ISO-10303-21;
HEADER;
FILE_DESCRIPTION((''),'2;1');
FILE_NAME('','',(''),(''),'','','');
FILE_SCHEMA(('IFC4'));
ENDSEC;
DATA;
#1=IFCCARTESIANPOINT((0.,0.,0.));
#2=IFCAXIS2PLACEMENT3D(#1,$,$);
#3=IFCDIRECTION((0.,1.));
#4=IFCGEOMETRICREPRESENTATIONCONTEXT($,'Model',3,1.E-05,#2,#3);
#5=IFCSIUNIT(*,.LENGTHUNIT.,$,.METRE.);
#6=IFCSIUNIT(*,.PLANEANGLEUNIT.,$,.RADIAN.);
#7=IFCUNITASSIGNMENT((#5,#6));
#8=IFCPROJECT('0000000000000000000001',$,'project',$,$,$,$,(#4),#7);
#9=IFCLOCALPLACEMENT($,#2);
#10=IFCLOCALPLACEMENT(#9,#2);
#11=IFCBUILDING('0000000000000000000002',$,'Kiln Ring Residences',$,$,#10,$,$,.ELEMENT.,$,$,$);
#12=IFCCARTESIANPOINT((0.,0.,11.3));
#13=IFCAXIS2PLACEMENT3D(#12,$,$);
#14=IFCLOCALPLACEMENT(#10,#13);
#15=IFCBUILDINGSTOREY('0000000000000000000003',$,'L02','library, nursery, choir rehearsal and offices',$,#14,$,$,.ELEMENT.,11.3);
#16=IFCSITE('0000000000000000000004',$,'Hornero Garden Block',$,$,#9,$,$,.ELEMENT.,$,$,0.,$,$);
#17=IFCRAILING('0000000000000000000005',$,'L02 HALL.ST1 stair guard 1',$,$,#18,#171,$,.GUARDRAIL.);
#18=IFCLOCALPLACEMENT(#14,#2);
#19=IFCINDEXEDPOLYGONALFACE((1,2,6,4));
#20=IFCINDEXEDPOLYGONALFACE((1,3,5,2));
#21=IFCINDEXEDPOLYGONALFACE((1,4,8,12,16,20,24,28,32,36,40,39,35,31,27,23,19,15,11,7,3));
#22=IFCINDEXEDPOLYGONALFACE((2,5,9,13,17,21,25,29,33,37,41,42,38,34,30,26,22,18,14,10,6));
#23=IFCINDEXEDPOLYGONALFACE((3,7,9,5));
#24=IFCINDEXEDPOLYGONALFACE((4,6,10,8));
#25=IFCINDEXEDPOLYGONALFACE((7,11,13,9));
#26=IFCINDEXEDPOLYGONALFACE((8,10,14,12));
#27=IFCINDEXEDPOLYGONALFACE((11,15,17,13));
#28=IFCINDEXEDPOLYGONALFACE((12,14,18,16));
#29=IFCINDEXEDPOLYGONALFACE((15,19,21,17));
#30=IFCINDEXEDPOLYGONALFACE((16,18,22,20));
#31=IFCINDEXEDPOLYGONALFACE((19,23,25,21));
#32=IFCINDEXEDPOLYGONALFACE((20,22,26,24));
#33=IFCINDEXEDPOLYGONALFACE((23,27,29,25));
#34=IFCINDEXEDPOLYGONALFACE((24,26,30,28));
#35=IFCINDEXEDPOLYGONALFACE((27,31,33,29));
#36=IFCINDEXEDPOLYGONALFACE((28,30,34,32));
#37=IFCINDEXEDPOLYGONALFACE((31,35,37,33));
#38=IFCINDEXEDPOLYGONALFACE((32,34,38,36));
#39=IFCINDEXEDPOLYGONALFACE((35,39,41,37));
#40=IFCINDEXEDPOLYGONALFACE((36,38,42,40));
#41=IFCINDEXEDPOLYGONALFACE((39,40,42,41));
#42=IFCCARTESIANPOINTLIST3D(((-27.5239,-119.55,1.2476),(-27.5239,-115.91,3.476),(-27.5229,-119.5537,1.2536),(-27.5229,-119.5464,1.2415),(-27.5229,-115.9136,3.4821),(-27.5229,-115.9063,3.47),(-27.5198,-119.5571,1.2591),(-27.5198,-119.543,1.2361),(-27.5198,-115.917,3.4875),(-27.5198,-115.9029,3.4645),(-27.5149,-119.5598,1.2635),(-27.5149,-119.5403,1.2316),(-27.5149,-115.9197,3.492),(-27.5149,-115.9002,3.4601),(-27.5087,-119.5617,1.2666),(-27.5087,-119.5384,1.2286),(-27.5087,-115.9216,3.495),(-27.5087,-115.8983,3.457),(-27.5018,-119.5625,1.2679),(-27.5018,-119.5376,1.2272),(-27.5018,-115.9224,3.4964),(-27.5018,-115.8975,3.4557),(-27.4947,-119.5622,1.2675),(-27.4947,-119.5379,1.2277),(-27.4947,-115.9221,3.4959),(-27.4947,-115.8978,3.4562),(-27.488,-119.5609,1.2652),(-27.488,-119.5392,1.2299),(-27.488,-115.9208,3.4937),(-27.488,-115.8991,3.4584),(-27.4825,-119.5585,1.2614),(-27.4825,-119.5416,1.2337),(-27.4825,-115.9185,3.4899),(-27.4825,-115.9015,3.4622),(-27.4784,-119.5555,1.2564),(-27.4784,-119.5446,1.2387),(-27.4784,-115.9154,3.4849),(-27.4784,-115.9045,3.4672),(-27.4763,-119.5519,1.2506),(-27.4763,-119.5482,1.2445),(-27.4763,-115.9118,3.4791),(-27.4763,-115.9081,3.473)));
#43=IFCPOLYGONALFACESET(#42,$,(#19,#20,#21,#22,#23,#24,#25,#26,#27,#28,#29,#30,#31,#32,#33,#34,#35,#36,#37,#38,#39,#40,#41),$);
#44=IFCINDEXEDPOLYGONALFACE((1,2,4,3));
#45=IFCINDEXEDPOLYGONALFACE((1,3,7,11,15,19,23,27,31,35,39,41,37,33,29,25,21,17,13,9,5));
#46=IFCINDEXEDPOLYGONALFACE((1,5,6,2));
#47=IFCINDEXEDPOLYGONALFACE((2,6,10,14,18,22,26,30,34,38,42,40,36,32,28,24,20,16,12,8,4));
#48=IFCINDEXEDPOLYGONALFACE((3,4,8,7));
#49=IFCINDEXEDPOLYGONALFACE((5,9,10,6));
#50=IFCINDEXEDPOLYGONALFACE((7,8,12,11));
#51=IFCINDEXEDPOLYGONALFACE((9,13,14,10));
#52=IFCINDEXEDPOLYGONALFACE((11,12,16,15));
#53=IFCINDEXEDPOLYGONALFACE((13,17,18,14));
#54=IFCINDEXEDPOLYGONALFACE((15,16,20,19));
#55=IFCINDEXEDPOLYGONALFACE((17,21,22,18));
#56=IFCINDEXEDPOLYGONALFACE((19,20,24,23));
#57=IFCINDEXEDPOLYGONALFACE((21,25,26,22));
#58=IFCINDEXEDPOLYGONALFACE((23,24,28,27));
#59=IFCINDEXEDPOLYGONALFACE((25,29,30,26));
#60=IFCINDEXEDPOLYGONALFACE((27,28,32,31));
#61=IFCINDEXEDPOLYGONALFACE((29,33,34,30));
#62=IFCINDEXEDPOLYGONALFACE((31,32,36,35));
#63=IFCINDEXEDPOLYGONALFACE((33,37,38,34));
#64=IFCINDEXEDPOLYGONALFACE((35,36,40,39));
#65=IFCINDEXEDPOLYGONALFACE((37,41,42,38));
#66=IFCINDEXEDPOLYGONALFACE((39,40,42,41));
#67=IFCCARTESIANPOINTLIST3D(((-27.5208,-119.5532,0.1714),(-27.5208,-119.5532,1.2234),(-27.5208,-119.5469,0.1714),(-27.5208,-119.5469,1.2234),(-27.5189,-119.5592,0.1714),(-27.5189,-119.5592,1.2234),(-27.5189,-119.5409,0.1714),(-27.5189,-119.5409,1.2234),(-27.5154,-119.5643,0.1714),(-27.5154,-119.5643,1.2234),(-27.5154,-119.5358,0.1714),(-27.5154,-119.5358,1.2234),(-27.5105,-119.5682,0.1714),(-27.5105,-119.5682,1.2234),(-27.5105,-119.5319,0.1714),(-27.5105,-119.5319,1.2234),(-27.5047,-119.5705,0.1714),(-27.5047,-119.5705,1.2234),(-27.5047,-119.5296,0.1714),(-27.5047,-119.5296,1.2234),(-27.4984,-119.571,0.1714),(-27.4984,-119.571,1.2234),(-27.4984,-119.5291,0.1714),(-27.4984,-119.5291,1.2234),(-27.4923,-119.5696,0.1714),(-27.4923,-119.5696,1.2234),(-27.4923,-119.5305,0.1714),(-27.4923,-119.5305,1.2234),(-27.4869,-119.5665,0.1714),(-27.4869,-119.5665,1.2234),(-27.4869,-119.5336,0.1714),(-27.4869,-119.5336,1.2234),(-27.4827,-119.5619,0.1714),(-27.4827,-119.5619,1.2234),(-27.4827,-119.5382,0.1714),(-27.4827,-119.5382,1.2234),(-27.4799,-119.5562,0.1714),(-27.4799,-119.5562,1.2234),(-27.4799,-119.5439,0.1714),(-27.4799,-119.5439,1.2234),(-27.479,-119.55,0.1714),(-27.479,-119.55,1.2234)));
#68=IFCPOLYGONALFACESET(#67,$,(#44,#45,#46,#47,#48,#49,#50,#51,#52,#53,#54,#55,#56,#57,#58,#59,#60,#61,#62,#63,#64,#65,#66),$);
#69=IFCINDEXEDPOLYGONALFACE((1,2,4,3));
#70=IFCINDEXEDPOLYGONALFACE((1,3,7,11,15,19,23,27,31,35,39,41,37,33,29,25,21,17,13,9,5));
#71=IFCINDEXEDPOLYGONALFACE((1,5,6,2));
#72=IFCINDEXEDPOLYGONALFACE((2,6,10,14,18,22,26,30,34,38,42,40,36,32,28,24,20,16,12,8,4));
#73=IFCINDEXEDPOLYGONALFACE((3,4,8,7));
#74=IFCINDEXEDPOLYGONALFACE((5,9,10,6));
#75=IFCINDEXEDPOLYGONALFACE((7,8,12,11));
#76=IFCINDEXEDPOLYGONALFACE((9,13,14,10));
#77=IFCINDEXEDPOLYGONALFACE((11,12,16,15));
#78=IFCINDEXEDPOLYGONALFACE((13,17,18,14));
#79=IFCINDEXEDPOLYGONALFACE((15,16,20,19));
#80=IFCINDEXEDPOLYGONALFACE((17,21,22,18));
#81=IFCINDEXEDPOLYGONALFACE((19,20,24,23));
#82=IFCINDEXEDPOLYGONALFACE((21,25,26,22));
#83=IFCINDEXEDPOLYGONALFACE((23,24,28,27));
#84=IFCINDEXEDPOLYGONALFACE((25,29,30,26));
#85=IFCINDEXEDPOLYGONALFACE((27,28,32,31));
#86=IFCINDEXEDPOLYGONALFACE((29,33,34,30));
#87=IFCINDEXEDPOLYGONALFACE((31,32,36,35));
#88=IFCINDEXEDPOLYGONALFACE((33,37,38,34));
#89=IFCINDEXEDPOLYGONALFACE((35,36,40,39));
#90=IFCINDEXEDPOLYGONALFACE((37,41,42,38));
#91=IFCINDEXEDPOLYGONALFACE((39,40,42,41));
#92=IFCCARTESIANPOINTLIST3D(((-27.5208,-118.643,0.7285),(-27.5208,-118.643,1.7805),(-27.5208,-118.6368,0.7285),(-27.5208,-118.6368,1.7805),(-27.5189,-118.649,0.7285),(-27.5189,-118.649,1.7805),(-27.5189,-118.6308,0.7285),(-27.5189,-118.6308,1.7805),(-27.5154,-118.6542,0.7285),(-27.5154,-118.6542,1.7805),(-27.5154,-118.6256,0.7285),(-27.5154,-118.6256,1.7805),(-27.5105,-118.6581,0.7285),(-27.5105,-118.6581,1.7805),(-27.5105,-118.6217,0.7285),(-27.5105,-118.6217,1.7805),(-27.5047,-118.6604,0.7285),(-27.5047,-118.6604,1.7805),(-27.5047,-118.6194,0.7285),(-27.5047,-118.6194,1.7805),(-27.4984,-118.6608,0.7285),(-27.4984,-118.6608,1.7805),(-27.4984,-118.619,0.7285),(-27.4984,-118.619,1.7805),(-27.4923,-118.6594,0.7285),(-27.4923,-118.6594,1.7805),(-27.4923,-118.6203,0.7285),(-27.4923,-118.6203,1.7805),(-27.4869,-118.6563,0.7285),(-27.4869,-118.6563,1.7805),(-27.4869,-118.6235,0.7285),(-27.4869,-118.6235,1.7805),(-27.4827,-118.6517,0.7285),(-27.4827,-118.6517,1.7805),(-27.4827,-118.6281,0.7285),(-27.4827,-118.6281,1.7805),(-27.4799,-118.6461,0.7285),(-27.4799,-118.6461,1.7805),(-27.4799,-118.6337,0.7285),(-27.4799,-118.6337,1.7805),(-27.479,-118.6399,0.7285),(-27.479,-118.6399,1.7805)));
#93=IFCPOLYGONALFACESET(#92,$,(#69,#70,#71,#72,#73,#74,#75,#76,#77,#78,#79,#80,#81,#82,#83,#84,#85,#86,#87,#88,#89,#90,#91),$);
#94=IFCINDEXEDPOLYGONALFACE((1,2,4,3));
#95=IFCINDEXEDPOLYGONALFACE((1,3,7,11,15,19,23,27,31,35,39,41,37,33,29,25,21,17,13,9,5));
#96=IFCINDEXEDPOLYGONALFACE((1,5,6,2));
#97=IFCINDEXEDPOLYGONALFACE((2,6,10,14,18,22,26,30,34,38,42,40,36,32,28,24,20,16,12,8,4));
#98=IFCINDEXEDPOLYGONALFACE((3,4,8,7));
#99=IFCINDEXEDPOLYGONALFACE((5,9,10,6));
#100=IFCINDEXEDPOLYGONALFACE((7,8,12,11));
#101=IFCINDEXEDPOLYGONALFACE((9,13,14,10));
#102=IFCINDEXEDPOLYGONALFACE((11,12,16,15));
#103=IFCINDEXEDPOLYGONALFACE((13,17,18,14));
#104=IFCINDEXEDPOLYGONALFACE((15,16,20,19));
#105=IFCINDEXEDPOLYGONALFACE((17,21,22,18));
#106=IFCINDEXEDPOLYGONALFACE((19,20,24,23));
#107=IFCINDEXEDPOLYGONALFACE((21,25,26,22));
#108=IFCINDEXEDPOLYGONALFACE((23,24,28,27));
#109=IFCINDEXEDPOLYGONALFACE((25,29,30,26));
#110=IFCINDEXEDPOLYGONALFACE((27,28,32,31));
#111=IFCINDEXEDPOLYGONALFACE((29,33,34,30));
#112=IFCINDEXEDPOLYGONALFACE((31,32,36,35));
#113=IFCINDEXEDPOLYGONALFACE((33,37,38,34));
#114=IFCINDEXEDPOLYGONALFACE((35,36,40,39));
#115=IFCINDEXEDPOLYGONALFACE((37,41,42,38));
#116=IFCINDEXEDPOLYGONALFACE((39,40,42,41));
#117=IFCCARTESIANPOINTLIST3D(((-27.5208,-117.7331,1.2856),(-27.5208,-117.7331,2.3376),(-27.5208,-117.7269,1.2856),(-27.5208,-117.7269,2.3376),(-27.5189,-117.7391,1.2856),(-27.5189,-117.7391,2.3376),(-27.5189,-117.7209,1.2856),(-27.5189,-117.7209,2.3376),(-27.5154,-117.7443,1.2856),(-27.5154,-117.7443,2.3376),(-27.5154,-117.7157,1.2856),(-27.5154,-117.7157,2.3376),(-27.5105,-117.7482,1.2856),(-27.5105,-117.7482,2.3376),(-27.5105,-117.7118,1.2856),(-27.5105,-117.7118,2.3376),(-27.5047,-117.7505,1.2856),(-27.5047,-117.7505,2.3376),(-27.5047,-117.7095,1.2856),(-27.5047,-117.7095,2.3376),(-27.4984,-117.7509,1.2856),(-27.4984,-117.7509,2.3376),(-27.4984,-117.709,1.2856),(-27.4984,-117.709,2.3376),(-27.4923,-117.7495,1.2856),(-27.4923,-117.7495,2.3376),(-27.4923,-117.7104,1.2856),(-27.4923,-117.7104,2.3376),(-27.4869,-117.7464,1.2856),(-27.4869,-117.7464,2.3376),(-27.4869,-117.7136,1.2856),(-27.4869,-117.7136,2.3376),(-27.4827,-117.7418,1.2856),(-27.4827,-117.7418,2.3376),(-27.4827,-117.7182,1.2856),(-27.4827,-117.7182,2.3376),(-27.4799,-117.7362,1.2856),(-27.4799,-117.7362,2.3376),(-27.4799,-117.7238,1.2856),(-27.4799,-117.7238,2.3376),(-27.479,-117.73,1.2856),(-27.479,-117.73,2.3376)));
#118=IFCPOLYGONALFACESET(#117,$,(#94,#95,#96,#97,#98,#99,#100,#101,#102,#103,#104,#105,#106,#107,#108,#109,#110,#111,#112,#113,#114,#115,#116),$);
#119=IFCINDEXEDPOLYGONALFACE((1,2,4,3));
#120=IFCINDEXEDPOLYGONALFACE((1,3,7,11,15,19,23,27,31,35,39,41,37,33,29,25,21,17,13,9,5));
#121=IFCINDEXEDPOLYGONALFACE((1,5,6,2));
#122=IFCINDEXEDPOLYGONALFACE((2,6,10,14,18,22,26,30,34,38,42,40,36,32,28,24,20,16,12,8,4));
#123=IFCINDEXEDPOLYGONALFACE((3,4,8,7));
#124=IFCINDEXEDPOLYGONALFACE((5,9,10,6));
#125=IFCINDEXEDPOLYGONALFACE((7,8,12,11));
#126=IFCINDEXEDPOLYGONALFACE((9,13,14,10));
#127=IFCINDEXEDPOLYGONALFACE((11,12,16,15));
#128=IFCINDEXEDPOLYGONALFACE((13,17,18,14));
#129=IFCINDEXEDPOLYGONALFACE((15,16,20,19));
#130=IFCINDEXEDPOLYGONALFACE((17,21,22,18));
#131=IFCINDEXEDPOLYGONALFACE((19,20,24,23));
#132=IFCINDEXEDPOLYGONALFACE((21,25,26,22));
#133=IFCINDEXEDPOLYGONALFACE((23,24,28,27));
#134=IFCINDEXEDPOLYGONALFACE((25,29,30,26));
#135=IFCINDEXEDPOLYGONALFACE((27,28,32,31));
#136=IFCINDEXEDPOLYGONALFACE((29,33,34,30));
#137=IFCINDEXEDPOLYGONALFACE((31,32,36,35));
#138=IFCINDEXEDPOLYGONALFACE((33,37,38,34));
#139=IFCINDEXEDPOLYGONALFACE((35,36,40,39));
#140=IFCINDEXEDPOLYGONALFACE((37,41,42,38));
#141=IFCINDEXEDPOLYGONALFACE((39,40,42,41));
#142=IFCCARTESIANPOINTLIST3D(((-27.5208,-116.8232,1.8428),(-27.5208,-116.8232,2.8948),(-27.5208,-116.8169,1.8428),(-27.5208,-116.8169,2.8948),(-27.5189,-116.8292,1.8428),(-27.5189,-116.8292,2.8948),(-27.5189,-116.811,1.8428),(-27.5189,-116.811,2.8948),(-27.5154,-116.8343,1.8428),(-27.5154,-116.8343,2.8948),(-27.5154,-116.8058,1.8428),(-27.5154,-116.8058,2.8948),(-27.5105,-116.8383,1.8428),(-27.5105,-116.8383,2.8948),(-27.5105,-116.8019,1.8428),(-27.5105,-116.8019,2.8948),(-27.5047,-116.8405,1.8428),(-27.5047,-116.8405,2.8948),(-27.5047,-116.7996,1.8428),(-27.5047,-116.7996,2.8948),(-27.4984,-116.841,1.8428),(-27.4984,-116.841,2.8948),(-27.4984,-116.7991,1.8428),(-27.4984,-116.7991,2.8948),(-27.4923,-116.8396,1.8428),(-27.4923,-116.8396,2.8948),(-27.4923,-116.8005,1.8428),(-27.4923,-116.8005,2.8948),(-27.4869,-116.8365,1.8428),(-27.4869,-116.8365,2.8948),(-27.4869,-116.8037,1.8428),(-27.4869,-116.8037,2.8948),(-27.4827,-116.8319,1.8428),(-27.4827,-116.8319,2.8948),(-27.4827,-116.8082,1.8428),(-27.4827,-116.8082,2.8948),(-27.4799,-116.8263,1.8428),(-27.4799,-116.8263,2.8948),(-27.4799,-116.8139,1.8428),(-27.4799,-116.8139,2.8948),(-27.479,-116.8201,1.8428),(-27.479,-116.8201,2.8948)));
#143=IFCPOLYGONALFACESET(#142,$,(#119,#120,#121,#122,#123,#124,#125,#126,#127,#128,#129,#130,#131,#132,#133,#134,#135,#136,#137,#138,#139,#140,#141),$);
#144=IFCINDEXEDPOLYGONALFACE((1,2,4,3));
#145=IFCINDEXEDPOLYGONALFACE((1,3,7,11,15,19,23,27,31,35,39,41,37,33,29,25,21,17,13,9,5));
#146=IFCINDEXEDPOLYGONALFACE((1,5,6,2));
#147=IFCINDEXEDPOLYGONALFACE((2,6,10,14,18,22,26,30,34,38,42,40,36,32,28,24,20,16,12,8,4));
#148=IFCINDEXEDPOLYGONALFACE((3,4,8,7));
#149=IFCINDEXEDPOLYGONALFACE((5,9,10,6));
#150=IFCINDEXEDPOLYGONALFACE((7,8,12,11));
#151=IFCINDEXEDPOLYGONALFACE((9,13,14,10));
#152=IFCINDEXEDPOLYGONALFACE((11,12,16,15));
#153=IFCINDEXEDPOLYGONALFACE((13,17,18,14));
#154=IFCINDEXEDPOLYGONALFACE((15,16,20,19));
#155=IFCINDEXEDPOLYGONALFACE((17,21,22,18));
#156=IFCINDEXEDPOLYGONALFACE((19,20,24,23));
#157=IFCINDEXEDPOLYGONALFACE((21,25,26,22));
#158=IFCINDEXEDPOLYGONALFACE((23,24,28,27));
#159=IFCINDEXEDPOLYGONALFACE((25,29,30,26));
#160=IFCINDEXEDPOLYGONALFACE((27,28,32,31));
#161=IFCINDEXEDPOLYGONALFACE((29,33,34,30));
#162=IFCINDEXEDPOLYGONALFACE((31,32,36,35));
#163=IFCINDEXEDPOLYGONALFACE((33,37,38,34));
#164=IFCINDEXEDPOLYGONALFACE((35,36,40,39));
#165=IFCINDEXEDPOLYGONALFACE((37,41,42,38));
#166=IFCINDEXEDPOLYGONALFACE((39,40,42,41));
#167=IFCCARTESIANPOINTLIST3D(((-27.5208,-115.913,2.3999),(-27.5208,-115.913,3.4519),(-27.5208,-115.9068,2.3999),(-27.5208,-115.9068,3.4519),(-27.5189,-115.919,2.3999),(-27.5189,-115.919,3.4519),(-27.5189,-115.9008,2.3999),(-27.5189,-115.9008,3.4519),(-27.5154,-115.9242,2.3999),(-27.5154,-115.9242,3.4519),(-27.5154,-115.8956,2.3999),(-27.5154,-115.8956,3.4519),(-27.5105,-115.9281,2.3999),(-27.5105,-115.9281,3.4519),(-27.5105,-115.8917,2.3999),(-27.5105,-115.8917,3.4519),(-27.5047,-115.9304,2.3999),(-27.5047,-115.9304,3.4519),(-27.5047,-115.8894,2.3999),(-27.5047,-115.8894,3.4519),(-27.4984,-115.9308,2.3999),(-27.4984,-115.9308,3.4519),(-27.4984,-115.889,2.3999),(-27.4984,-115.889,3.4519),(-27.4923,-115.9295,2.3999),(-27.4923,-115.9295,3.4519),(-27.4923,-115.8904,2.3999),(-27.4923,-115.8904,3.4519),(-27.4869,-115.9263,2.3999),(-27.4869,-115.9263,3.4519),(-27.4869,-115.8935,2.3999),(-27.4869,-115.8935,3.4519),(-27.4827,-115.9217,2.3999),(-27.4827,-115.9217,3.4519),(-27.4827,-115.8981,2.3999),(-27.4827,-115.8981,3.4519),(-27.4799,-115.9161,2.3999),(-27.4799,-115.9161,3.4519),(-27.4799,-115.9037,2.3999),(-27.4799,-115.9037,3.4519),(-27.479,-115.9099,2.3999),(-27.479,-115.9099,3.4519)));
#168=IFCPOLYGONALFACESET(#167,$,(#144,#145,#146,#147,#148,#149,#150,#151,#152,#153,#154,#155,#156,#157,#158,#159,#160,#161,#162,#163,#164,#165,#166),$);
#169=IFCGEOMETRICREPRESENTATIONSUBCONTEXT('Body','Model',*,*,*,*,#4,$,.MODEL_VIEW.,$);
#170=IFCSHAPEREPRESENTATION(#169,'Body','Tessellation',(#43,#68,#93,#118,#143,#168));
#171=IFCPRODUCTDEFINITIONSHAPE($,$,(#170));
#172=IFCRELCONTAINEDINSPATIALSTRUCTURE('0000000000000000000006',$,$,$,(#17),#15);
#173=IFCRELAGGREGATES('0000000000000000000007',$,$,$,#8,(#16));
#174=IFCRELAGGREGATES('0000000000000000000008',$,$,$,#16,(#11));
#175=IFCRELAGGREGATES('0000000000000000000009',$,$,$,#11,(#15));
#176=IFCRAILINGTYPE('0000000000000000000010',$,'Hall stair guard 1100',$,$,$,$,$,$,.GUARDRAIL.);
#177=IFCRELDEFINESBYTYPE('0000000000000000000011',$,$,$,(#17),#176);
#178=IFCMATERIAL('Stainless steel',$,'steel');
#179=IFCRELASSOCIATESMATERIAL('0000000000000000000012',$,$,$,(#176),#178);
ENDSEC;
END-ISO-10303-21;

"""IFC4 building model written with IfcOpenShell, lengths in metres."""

from ifc_helpers import new_model, si_unit, direction, frame, origin, origin_2d, place, context, subcontext, project, spatial, circle, extrude, material, type_object, element, save


model = new_model("IFC4")

# Units and contexts
model_context = context("Model", 3, precision=1e-05, world=origin(), true_north=direction((0.0, 1.0)))
body_context = subcontext(model_context, "Body", "Model", "MODEL_VIEW")
ifc_project = project(units=[si_unit("LENGTHUNIT", "METRE"), si_unit("PLANEANGLEUNIT", "RADIAN")], contexts=[model_context])

# Site, building, storey
site_placement = place(None, origin())
site = spatial("IfcSite", under=ifc_project, at=site_placement, Name="Hornero Garden Block", CompositionType="ELEMENT", RefElevation=0.0)
building_placement = place(site_placement, origin())
building = spatial("IfcBuilding", under=site, at=building_placement, Name="Kiln Ring Residences", CompositionType="ELEMENT")
storey_placement = place(building_placement, frame((0.0, 0.0, 11.3)))
storey = spatial("IfcBuildingStorey", under=building, at=storey_placement, Name="L02", Description="library, nursery, choir rehearsal and offices", CompositionType="ELEMENT", Elevation=11.3)

# Railing
ifc_material_1 = material(Name="Stainless steel", Category="steel")
railing_type_1 = type_object("IfcRailingType", Name="Hall stair guard 1100", PredefinedType="GUARDRAIL", material=ifc_material_1)
railing_1_placement = place(storey_placement, frame((-27.5, -119.55, 0.1714)))
element("IfcRailing", 1, at=railing_1_placement, inside=storey, type_object=railing_type_1, Name="L02 HALL.ST1 stair guard 1", PredefinedType="GUARDRAIL", context=body_context, shape_type="SweptSolid", body=[
    extrude(circle(Radius=0.0239, at=origin_2d()), frame((0.0, 0.0, 1.0762), z_axis=(0.0, 0.852866, 0.52213), x_axis=(-1.0, 0.0, 0.0)), (0.0, 0.0, 1.0), 4.2681),
    extrude(circle(Radius=0.021, at=origin_2d()), origin(), (0.0, 0.0, 1.0), 1.052),
    extrude(circle(Radius=0.021, at=origin_2d()), frame((0.0, 0.9102, 0.5571)), (0.0, 0.0, 1.0), 1.052),
    extrude(circle(Radius=0.021, at=origin_2d()), frame((0.0, 1.8201, 1.1143)), (0.0, 0.0, 1.0), 1.052),
    extrude(circle(Radius=0.021, at=origin_2d()), frame((0.0, 2.73, 1.6714)), (0.0, 0.0, 1.0), 1.052),
    extrude(circle(Radius=0.021, at=origin_2d()), frame((0.0, 3.6401, 2.2285)), (0.0, 0.0, 1.0), 1.052),
])

save(model, "model.ifc")
